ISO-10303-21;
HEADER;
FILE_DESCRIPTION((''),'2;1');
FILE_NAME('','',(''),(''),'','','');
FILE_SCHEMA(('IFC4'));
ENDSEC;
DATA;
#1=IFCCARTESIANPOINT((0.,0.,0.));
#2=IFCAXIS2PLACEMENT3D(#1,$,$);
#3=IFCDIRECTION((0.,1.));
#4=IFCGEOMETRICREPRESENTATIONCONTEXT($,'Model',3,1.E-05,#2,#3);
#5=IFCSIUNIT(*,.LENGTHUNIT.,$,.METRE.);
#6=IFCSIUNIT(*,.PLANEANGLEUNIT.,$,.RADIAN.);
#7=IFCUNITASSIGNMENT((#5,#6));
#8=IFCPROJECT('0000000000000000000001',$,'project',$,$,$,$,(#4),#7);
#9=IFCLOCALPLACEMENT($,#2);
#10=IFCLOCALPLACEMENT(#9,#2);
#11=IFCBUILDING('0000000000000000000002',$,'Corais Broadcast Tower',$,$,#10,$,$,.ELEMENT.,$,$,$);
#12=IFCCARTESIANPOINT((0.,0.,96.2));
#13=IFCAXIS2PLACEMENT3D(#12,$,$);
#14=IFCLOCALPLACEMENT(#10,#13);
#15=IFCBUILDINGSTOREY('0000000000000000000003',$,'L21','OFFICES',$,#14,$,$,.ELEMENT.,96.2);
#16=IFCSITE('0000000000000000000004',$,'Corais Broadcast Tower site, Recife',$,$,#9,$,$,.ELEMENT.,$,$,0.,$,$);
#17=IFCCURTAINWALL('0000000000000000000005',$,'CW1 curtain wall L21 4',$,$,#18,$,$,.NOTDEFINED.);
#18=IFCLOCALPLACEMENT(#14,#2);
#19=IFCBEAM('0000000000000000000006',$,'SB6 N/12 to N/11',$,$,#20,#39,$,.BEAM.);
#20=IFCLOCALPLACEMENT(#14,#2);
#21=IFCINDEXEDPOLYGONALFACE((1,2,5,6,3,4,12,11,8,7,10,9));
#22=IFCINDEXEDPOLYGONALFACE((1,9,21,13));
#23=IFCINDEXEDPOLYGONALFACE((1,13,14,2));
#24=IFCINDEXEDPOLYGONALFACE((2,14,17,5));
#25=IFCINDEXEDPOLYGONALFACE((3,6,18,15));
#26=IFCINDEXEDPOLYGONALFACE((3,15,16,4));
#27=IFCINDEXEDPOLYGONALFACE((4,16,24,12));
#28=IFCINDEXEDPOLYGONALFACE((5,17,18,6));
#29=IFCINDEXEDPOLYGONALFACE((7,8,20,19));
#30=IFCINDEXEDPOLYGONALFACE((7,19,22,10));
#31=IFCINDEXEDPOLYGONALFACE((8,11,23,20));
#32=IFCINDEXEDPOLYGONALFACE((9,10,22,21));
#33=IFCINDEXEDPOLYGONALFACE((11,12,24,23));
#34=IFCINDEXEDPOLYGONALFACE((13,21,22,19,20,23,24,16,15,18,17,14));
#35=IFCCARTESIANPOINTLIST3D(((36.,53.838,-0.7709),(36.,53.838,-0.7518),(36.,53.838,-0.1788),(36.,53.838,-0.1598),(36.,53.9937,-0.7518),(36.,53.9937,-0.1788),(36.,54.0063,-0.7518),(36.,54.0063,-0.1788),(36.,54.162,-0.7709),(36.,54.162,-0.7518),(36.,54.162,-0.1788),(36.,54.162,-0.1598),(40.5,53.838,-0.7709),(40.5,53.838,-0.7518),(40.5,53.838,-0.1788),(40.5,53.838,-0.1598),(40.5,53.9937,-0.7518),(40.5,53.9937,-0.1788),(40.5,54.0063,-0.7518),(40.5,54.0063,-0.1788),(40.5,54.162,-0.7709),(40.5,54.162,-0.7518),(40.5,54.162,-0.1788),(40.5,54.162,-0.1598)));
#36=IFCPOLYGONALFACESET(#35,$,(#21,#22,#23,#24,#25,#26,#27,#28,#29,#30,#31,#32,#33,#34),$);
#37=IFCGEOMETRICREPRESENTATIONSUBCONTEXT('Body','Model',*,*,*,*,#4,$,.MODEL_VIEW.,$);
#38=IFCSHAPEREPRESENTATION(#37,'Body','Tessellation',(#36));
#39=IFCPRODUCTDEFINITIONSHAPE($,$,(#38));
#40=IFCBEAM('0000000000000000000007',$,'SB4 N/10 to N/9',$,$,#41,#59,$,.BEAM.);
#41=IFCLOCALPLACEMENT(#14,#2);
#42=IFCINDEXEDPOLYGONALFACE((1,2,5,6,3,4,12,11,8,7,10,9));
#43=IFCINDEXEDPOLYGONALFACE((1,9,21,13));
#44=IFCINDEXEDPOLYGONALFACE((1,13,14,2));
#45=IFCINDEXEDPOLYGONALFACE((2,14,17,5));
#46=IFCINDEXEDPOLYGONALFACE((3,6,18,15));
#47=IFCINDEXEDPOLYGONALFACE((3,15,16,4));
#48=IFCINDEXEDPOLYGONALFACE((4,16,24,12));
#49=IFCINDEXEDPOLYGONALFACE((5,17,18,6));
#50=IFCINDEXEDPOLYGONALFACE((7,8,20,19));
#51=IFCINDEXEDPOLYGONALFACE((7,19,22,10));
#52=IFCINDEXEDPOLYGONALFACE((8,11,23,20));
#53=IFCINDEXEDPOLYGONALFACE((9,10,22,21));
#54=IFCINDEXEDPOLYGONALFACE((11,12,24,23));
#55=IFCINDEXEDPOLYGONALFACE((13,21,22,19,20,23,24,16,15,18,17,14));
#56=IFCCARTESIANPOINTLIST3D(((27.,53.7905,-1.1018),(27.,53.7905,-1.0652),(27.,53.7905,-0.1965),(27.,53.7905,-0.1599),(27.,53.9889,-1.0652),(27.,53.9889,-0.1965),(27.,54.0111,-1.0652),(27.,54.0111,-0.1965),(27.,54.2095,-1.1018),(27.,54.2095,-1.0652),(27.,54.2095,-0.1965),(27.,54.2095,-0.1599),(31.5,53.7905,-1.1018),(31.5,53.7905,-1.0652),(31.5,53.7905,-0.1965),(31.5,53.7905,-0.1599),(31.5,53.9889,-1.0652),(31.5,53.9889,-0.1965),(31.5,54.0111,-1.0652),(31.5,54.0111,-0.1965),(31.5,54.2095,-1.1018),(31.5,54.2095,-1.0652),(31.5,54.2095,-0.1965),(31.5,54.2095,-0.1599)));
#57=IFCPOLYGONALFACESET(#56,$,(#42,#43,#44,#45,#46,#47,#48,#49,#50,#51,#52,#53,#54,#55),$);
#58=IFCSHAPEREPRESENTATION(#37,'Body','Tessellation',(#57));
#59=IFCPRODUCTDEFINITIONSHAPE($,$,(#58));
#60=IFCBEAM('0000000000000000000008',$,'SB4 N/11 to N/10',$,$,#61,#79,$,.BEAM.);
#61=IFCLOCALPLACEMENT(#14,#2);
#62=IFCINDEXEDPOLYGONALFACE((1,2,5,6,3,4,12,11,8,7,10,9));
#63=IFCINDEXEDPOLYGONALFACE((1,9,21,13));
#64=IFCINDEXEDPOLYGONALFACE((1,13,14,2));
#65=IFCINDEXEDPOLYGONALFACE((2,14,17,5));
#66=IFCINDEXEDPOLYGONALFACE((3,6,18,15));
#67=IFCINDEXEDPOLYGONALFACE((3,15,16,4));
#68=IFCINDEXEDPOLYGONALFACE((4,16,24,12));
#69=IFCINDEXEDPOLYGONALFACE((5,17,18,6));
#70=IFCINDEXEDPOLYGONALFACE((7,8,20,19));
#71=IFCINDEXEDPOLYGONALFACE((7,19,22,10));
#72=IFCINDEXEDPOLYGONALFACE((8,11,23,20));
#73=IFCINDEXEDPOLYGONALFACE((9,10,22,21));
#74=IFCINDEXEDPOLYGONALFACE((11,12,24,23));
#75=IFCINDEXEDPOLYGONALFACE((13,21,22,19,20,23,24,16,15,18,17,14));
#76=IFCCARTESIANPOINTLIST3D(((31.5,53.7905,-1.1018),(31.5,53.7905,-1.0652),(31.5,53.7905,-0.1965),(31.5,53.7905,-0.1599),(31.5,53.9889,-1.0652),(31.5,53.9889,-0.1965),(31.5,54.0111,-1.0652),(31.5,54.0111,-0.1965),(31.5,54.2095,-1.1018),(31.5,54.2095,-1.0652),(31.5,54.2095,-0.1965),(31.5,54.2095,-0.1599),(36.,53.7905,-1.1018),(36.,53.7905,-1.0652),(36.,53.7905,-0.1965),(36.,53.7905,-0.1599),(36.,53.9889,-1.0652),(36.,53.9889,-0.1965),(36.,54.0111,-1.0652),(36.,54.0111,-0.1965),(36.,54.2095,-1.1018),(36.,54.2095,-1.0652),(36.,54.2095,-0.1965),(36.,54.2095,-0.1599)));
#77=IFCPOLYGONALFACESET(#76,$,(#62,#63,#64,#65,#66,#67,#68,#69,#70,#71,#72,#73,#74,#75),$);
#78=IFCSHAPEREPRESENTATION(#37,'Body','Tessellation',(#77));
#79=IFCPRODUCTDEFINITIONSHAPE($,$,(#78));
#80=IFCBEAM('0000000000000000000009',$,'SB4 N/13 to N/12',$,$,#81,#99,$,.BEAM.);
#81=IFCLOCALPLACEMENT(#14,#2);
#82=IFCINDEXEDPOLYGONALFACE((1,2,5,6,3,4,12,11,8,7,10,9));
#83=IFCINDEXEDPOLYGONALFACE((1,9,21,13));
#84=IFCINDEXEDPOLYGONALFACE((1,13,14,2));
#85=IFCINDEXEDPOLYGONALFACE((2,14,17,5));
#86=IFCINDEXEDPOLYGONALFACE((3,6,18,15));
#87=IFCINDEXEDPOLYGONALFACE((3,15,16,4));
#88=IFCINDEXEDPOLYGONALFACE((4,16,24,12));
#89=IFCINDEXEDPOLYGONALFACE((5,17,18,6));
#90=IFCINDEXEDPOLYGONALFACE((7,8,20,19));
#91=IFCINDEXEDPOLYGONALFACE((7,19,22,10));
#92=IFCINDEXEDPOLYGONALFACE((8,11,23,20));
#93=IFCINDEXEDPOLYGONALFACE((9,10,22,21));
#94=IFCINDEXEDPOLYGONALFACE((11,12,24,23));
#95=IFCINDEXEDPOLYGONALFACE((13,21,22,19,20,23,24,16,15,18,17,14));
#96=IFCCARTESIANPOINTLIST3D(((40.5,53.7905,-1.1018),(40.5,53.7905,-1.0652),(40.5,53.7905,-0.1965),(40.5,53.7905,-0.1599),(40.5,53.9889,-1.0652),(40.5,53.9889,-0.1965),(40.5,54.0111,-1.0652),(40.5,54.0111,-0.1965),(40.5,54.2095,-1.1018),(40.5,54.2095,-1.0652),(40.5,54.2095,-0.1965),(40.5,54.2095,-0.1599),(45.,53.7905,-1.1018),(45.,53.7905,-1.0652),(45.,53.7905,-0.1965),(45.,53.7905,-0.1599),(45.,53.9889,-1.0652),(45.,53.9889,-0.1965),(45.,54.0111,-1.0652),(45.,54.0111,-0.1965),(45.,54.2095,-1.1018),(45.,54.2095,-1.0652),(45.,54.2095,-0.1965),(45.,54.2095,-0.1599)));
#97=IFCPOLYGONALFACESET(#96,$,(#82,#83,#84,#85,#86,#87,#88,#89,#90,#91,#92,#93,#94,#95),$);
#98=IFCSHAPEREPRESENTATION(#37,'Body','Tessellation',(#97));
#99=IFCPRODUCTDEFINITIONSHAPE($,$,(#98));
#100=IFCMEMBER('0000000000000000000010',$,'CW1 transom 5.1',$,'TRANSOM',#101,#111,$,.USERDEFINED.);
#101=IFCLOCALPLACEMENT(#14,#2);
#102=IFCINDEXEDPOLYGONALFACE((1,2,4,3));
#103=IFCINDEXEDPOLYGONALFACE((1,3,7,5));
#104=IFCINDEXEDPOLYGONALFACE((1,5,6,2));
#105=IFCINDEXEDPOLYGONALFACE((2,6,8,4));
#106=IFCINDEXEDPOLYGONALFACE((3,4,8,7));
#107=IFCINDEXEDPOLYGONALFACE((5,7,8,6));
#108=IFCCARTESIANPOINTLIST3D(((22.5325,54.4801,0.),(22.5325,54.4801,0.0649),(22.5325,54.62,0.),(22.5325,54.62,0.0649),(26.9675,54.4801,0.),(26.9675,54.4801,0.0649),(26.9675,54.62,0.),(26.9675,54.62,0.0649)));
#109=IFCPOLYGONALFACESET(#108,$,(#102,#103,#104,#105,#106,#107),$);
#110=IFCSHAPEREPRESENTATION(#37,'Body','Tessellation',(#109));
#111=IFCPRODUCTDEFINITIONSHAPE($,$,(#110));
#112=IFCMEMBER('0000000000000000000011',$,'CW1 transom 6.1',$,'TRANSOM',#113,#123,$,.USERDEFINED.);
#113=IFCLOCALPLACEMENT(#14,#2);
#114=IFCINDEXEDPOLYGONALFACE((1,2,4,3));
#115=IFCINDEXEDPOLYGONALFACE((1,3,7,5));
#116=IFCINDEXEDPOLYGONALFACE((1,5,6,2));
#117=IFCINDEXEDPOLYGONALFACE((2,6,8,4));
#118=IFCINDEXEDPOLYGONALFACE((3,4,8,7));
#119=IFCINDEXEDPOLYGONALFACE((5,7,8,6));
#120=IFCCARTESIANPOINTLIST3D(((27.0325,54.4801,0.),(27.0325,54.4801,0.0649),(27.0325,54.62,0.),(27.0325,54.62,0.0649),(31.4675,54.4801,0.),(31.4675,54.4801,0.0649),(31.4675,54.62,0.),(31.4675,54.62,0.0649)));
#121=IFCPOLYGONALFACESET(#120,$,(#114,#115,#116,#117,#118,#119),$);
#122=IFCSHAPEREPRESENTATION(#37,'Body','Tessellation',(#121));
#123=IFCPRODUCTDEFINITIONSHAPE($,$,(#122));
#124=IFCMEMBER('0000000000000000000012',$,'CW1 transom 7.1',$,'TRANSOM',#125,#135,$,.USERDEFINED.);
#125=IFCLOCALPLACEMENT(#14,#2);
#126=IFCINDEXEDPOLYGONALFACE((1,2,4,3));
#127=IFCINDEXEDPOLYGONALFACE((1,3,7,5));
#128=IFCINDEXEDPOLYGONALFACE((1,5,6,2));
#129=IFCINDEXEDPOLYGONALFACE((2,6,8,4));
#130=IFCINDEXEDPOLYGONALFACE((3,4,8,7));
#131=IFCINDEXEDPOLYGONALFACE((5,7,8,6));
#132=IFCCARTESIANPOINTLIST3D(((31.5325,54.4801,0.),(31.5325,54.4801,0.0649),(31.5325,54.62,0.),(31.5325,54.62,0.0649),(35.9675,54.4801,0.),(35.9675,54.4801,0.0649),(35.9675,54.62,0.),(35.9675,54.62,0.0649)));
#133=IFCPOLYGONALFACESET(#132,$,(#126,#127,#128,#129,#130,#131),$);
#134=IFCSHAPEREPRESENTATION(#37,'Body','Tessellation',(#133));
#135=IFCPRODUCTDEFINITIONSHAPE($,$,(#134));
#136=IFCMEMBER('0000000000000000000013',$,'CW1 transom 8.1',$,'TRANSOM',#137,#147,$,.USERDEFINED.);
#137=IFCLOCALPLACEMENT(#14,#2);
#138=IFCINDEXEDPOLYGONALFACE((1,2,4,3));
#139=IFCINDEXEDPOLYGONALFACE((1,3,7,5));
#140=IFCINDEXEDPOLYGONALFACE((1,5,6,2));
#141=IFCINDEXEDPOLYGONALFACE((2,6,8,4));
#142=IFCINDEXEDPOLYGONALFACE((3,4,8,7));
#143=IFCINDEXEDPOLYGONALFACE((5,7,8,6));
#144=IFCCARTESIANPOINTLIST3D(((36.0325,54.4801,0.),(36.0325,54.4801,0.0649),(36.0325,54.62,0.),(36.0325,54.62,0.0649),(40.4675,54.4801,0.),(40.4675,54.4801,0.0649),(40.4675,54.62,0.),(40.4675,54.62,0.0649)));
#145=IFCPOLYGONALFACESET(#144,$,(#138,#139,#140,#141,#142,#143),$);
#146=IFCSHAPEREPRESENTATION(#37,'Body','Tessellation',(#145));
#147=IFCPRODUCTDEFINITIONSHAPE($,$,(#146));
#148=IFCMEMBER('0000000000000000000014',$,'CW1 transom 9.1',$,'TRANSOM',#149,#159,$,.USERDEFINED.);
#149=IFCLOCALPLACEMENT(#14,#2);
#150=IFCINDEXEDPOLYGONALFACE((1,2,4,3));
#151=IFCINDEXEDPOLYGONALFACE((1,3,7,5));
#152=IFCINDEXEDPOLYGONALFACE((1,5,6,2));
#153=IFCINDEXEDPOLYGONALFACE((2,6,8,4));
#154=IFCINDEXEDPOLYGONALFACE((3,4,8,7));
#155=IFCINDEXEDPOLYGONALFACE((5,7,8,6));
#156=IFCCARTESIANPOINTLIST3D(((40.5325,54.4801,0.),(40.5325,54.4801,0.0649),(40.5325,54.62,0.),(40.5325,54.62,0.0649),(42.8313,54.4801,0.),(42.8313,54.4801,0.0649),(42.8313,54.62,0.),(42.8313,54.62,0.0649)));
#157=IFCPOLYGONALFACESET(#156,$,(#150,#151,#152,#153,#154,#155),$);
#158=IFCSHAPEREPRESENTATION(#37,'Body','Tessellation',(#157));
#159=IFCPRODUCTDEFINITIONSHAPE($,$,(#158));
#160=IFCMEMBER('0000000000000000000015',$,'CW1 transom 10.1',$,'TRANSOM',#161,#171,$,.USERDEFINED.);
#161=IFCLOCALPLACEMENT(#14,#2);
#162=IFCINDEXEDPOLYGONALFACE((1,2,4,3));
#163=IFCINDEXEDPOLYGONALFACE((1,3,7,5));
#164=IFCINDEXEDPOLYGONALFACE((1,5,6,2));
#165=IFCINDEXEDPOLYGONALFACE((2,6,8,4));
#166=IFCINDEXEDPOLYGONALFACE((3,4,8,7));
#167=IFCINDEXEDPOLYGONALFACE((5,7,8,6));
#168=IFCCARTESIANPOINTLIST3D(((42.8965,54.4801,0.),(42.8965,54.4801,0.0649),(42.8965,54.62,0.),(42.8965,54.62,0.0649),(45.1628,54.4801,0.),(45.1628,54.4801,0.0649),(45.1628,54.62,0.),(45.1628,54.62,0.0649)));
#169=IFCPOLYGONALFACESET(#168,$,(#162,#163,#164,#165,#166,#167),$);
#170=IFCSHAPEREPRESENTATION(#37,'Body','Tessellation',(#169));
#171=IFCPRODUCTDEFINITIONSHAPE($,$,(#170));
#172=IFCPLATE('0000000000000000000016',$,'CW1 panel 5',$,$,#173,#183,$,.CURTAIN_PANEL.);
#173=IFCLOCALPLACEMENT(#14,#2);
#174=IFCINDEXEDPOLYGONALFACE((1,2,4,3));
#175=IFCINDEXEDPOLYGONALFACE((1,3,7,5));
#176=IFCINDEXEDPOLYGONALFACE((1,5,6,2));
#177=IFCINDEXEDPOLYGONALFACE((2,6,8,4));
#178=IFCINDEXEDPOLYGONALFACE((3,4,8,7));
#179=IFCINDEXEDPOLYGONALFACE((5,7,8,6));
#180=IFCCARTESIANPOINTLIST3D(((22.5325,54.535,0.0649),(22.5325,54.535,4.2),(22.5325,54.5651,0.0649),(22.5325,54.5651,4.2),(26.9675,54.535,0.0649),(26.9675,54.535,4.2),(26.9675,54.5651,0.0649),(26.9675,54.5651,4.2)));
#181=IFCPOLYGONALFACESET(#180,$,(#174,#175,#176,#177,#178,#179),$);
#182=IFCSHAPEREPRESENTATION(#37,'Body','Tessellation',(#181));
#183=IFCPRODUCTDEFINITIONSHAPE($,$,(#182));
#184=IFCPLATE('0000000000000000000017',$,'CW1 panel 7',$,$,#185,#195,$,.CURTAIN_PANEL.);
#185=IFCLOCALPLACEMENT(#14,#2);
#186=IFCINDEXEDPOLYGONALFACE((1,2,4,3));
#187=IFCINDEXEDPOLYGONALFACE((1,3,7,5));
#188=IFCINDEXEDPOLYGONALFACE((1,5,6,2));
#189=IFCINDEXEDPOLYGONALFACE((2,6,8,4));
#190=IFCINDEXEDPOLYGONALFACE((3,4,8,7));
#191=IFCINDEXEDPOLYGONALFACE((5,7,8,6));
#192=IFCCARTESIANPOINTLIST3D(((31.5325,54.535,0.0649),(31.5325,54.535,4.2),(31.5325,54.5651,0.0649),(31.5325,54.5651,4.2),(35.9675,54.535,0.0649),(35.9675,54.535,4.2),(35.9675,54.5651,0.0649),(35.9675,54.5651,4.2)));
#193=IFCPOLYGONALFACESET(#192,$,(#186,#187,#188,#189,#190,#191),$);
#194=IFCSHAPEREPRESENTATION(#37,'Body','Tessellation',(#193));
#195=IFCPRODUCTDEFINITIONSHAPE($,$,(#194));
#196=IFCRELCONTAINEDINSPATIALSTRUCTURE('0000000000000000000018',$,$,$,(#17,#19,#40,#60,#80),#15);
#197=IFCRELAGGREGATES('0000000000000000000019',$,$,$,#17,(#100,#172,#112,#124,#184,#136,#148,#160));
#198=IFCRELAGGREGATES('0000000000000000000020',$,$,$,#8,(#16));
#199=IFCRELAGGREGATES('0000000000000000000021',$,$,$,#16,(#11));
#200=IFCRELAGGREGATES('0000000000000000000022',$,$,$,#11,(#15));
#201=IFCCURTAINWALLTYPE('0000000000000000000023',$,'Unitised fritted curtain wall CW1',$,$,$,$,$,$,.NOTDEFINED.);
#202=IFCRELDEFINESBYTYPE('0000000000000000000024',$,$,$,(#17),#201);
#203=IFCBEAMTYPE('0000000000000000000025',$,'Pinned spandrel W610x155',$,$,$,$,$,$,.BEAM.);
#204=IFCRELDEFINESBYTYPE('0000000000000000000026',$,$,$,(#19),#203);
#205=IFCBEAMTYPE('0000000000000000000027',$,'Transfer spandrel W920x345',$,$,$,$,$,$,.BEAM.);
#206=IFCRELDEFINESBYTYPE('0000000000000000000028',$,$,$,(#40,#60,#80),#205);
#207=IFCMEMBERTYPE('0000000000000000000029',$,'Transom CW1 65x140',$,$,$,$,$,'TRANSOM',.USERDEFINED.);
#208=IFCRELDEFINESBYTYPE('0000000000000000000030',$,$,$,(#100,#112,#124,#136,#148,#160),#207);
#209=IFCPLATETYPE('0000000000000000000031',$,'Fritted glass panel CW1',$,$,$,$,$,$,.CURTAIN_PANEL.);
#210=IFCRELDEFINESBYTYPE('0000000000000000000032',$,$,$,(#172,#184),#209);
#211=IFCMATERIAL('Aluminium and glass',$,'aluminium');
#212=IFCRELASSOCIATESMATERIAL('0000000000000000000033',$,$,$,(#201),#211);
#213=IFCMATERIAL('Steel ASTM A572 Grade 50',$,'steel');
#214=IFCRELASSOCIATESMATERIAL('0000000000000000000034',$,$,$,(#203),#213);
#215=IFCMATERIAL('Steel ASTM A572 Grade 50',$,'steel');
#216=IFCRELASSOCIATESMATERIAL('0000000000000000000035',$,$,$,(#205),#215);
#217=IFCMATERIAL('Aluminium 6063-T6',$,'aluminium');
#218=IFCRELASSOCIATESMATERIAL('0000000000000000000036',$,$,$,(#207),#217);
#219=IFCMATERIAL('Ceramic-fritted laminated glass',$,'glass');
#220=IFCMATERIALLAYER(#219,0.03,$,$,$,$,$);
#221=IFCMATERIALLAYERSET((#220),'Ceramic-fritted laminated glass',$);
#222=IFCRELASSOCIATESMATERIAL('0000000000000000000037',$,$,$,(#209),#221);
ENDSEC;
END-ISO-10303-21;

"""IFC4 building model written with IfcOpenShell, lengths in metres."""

from ifc_helpers import new_model, si_unit, direction, frame, origin, origin_2d, place, context, subcontext, project, spatial, rectangle, i_section, extrude, material, layer, layer_set, material_profile, profile_set, type_object, element, aggregate, save


model = new_model("IFC4")

# Units and contexts
model_context = context("Model", 3, precision=1e-05, world=origin(), true_north=direction((0.0, 1.0)))
body_context = subcontext(model_context, "Body", "Model", "MODEL_VIEW")
ifc_project = project(units=[si_unit("LENGTHUNIT", "METRE"), si_unit("PLANEANGLEUNIT", "RADIAN")], contexts=[model_context])

# Site, building, storey
site_placement = place(None, origin())
site = spatial("IfcSite", under=ifc_project, at=site_placement, Name="Corais Broadcast Tower site, Recife", CompositionType="ELEMENT", RefElevation=0.0)
building_placement = place(site_placement, origin())
building = spatial("IfcBuilding", under=site, at=building_placement, Name="Corais Broadcast Tower", CompositionType="ELEMENT")
storey_placement = place(building_placement, frame((0.0, 0.0, 96.2)))
storey = spatial("IfcBuildingStorey", under=building, at=storey_placement, Name="L21", Description="OFFICES", CompositionType="ELEMENT", Elevation=96.2)

# Curtain wall
ifc_material_1 = material(Name="Aluminium and glass", Category="aluminium")
curtain_wall_type = type_object("IfcCurtainWallType", Name="Unitised fritted curtain wall CW1", PredefinedType="NOTDEFINED", material=ifc_material_1)
curtain_wall_placement = place(storey_placement, origin())
curtain_wall = element("IfcCurtainWall", 1, at=curtain_wall_placement, inside=storey, type_object=curtain_wall_type, Name="CW1 curtain wall L21 4", PredefinedType="NOTDEFINED")

# Beams
ifc_material_2 = material(Name="Steel ASTM A572 Grade 50", Category="steel")
ifc_material_profile_1 = material_profile(ifc_material_2, i_section(OverallWidth=0.324, OverallDepth=0.6111, WebThickness=0.0127, FlangeThickness=0.019, at=origin_2d()), Name="W610x155")
ifc_profile_set_1 = profile_set([ifc_material_profile_1], Name="Steel ASTM A572 Grade 50")
beam_type_1 = type_object("IfcBeamType", Name="Pinned spandrel W610x155", PredefinedType="BEAM", material=ifc_profile_set_1)
beam_1_placement = place(storey_placement, frame((40.5, 54.0, -0.4653), z_axis=(-1.0, 0.0, 0.0), x_axis=(0.0, -1.0, 0.0)))
element("IfcBeam", 2, at=beam_1_placement, inside=storey, type_object=beam_type_1, Name="SB6 N/12 to N/11", PredefinedType="BEAM", context=body_context, shape_type="SweptSolid", body=[
    extrude(i_section(OverallWidth=0.324, OverallDepth=0.6111, WebThickness=0.0127, FlangeThickness=0.019, at=origin_2d()), origin(), (0.0, 0.0, 1.0), 4.5),
])
ifc_material_3 = material(Name="Steel ASTM A572 Grade 50", Category="steel")
ifc_material_profile_2 = material_profile(ifc_material_3, i_section(OverallWidth=0.4189, OverallDepth=0.9419, WebThickness=0.0222, FlangeThickness=0.0366, at=origin_2d()), Name="W920x345")
ifc_profile_set_2 = profile_set([ifc_material_profile_2], Name="Steel ASTM A572 Grade 50")
beam_type_2 = type_object("IfcBeamType", Name="Transfer spandrel W920x345", PredefinedType="BEAM", material=ifc_profile_set_2)
for number, where, z_axis, x_axis, name in (
    (3, (31.5, 54.0, -0.6309), (-1.0, 0.0, 0.0), (0.0, -1.0, 0.0), "SB4 N/10 to N/9"),
    (4, (36.0, 54.0, -0.6309), (-1.0, 0.0, 0.0), (0.0, -1.0, 0.0), "SB4 N/11 to N/10"),
    (5, (45.0, 54.0, -0.6309), (-1.0, 0.0, 0.0), (0.0, -1.0, 0.0), "SB4 N/13 to N/12"),
):
    element("IfcBeam", number, at=place(storey_placement, frame(where, z_axis=z_axis, x_axis=x_axis)), inside=storey, type_object=beam_type_2, Name=name, PredefinedType="BEAM", context=body_context, shape_type="SweptSolid", body=[
        extrude(i_section(OverallWidth=0.4189, OverallDepth=0.9419, WebThickness=0.0222, FlangeThickness=0.0366, at=origin_2d()), origin(), (0.0, 0.0, 1.0), 4.5),
    ])

# Members
ifc_material_4 = material(Name="Aluminium 6063-T6", Category="aluminium")
ifc_material_profile_3 = material_profile(ifc_material_4, rectangle(XDim=0.1399, YDim=0.0649, at=origin_2d()), Name="Transom CW1 65x140")
ifc_profile_set_3 = profile_set([ifc_material_profile_3], Name="Aluminium 6063-T6")
member_type_1 = type_object("IfcMemberType", Name="Transom CW1 65x140", ElementType="TRANSOM", PredefinedType="USERDEFINED", material=ifc_profile_set_3)
member_1_placement = place(storey_placement, frame((22.5325, 54.55, 0.0325), z_axis=(1.0, 0.0, 0.0), x_axis=(0.0, 1.0, 0.0)))
member_1 = element("IfcMember", 6, at=member_1_placement, type_object=member_type_1, Name="CW1 transom 5.1", ObjectType="TRANSOM", PredefinedType="USERDEFINED", context=body_context, shape_type="SweptSolid", body=[
    extrude(rectangle(XDim=0.1399, YDim=0.0649, at=origin_2d()), origin(), (0.0, 0.0, 1.0), 4.4351),
])
member_2_placement = place(storey_placement, frame((27.0325, 54.55, 0.0325), z_axis=(1.0, 0.0, 0.0), x_axis=(0.0, 1.0, 0.0)))
member_2 = element("IfcMember", 7, at=member_2_placement, type_object=member_type_1, Name="CW1 transom 6.1", ObjectType="TRANSOM", PredefinedType="USERDEFINED", context=body_context, shape_type="SweptSolid", body=[
    extrude(rectangle(XDim=0.1399, YDim=0.0649, at=origin_2d()), origin(), (0.0, 0.0, 1.0), 4.4351),
])
member_3_placement = place(storey_placement, frame((31.5325, 54.55, 0.0325), z_axis=(1.0, 0.0, 0.0), x_axis=(0.0, 1.0, 0.0)))
member_3 = element("IfcMember", 8, at=member_3_placement, type_object=member_type_1, Name="CW1 transom 7.1", ObjectType="TRANSOM", PredefinedType="USERDEFINED", context=body_context, shape_type="SweptSolid", body=[
    extrude(rectangle(XDim=0.1399, YDim=0.0649, at=origin_2d()), origin(), (0.0, 0.0, 1.0), 4.4351),
])
member_4_placement = place(storey_placement, frame((36.0325, 54.55, 0.0325), z_axis=(1.0, 0.0, 0.0), x_axis=(0.0, 1.0, 0.0)))
member_4 = element("IfcMember", 9, at=member_4_placement, type_object=member_type_1, Name="CW1 transom 8.1", ObjectType="TRANSOM", PredefinedType="USERDEFINED", context=body_context, shape_type="SweptSolid", body=[
    extrude(rectangle(XDim=0.1399, YDim=0.0649, at=origin_2d()), origin(), (0.0, 0.0, 1.0), 4.4351),
])
member_5_placement = place(storey_placement, frame((40.5325, 54.55, 0.0325), z_axis=(1.0, 0.0, 0.0), x_axis=(0.0, 1.0, 0.0)))
member_5 = element("IfcMember", 10, at=member_5_placement, type_object=member_type_1, Name="CW1 transom 9.1", ObjectType="TRANSOM", PredefinedType="USERDEFINED", context=body_context, shape_type="SweptSolid", body=[
    extrude(rectangle(XDim=0.1399, YDim=0.0649, at=origin_2d()), origin(), (0.0, 0.0, 1.0), 2.2988),
])
member_6_placement = place(storey_placement, frame((42.8965, 54.55, 0.0325), z_axis=(1.0, 0.0, 0.0), x_axis=(0.0, 1.0, 0.0)))
member_6 = element("IfcMember", 11, at=member_6_placement, type_object=member_type_1, Name="CW1 transom 10.1", ObjectType="TRANSOM", PredefinedType="USERDEFINED", context=body_context, shape_type="SweptSolid", body=[
    extrude(rectangle(XDim=0.1399, YDim=0.0649, at=origin_2d()), origin(), (0.0, 0.0, 1.0), 2.2664),
])

# Plates
ifc_material_5 = material(Name="Ceramic-fritted laminated glass", Category="glass")
ifc_layer_1 = layer(ifc_material_5, 0.03)
ifc_layer_set_1 = layer_set([ifc_layer_1], Name="Ceramic-fritted laminated glass")
plate_type_1 = type_object("IfcPlateType", Name="Fritted glass panel CW1", PredefinedType="CURTAIN_PANEL", material=ifc_layer_set_1)
plate_1_placement = place(storey_placement, frame((24.75, 54.55, 0.0649), z_axis=(0.0, 0.0, 1.0), x_axis=(1.0, 0.0, 0.0)))
plate_1 = element("IfcPlate", 12, at=plate_1_placement, type_object=plate_type_1, Name="CW1 panel 5", PredefinedType="CURTAIN_PANEL", context=body_context, shape_type="SweptSolid", body=[
    extrude(rectangle(XDim=4.4351, YDim=0.03, at=origin_2d()), origin(), (0.0, 0.0, 1.0), 4.135),
])
plate_2_placement = place(storey_placement, frame((33.75, 54.55, 0.0649), z_axis=(0.0, 0.0, 1.0), x_axis=(1.0, 0.0, 0.0)))
plate_2 = element("IfcPlate", 13, at=plate_2_placement, type_object=plate_type_1, Name="CW1 panel 7", PredefinedType="CURTAIN_PANEL", context=body_context, shape_type="SweptSolid", body=[
    extrude(rectangle(XDim=4.4351, YDim=0.03, at=origin_2d()), origin(), (0.0, 0.0, 1.0), 4.135),
])
aggregate(curtain_wall, [member_1, plate_1, member_2, member_3, plate_2, member_4, member_5, member_6])

save(model, "model.ifc")
